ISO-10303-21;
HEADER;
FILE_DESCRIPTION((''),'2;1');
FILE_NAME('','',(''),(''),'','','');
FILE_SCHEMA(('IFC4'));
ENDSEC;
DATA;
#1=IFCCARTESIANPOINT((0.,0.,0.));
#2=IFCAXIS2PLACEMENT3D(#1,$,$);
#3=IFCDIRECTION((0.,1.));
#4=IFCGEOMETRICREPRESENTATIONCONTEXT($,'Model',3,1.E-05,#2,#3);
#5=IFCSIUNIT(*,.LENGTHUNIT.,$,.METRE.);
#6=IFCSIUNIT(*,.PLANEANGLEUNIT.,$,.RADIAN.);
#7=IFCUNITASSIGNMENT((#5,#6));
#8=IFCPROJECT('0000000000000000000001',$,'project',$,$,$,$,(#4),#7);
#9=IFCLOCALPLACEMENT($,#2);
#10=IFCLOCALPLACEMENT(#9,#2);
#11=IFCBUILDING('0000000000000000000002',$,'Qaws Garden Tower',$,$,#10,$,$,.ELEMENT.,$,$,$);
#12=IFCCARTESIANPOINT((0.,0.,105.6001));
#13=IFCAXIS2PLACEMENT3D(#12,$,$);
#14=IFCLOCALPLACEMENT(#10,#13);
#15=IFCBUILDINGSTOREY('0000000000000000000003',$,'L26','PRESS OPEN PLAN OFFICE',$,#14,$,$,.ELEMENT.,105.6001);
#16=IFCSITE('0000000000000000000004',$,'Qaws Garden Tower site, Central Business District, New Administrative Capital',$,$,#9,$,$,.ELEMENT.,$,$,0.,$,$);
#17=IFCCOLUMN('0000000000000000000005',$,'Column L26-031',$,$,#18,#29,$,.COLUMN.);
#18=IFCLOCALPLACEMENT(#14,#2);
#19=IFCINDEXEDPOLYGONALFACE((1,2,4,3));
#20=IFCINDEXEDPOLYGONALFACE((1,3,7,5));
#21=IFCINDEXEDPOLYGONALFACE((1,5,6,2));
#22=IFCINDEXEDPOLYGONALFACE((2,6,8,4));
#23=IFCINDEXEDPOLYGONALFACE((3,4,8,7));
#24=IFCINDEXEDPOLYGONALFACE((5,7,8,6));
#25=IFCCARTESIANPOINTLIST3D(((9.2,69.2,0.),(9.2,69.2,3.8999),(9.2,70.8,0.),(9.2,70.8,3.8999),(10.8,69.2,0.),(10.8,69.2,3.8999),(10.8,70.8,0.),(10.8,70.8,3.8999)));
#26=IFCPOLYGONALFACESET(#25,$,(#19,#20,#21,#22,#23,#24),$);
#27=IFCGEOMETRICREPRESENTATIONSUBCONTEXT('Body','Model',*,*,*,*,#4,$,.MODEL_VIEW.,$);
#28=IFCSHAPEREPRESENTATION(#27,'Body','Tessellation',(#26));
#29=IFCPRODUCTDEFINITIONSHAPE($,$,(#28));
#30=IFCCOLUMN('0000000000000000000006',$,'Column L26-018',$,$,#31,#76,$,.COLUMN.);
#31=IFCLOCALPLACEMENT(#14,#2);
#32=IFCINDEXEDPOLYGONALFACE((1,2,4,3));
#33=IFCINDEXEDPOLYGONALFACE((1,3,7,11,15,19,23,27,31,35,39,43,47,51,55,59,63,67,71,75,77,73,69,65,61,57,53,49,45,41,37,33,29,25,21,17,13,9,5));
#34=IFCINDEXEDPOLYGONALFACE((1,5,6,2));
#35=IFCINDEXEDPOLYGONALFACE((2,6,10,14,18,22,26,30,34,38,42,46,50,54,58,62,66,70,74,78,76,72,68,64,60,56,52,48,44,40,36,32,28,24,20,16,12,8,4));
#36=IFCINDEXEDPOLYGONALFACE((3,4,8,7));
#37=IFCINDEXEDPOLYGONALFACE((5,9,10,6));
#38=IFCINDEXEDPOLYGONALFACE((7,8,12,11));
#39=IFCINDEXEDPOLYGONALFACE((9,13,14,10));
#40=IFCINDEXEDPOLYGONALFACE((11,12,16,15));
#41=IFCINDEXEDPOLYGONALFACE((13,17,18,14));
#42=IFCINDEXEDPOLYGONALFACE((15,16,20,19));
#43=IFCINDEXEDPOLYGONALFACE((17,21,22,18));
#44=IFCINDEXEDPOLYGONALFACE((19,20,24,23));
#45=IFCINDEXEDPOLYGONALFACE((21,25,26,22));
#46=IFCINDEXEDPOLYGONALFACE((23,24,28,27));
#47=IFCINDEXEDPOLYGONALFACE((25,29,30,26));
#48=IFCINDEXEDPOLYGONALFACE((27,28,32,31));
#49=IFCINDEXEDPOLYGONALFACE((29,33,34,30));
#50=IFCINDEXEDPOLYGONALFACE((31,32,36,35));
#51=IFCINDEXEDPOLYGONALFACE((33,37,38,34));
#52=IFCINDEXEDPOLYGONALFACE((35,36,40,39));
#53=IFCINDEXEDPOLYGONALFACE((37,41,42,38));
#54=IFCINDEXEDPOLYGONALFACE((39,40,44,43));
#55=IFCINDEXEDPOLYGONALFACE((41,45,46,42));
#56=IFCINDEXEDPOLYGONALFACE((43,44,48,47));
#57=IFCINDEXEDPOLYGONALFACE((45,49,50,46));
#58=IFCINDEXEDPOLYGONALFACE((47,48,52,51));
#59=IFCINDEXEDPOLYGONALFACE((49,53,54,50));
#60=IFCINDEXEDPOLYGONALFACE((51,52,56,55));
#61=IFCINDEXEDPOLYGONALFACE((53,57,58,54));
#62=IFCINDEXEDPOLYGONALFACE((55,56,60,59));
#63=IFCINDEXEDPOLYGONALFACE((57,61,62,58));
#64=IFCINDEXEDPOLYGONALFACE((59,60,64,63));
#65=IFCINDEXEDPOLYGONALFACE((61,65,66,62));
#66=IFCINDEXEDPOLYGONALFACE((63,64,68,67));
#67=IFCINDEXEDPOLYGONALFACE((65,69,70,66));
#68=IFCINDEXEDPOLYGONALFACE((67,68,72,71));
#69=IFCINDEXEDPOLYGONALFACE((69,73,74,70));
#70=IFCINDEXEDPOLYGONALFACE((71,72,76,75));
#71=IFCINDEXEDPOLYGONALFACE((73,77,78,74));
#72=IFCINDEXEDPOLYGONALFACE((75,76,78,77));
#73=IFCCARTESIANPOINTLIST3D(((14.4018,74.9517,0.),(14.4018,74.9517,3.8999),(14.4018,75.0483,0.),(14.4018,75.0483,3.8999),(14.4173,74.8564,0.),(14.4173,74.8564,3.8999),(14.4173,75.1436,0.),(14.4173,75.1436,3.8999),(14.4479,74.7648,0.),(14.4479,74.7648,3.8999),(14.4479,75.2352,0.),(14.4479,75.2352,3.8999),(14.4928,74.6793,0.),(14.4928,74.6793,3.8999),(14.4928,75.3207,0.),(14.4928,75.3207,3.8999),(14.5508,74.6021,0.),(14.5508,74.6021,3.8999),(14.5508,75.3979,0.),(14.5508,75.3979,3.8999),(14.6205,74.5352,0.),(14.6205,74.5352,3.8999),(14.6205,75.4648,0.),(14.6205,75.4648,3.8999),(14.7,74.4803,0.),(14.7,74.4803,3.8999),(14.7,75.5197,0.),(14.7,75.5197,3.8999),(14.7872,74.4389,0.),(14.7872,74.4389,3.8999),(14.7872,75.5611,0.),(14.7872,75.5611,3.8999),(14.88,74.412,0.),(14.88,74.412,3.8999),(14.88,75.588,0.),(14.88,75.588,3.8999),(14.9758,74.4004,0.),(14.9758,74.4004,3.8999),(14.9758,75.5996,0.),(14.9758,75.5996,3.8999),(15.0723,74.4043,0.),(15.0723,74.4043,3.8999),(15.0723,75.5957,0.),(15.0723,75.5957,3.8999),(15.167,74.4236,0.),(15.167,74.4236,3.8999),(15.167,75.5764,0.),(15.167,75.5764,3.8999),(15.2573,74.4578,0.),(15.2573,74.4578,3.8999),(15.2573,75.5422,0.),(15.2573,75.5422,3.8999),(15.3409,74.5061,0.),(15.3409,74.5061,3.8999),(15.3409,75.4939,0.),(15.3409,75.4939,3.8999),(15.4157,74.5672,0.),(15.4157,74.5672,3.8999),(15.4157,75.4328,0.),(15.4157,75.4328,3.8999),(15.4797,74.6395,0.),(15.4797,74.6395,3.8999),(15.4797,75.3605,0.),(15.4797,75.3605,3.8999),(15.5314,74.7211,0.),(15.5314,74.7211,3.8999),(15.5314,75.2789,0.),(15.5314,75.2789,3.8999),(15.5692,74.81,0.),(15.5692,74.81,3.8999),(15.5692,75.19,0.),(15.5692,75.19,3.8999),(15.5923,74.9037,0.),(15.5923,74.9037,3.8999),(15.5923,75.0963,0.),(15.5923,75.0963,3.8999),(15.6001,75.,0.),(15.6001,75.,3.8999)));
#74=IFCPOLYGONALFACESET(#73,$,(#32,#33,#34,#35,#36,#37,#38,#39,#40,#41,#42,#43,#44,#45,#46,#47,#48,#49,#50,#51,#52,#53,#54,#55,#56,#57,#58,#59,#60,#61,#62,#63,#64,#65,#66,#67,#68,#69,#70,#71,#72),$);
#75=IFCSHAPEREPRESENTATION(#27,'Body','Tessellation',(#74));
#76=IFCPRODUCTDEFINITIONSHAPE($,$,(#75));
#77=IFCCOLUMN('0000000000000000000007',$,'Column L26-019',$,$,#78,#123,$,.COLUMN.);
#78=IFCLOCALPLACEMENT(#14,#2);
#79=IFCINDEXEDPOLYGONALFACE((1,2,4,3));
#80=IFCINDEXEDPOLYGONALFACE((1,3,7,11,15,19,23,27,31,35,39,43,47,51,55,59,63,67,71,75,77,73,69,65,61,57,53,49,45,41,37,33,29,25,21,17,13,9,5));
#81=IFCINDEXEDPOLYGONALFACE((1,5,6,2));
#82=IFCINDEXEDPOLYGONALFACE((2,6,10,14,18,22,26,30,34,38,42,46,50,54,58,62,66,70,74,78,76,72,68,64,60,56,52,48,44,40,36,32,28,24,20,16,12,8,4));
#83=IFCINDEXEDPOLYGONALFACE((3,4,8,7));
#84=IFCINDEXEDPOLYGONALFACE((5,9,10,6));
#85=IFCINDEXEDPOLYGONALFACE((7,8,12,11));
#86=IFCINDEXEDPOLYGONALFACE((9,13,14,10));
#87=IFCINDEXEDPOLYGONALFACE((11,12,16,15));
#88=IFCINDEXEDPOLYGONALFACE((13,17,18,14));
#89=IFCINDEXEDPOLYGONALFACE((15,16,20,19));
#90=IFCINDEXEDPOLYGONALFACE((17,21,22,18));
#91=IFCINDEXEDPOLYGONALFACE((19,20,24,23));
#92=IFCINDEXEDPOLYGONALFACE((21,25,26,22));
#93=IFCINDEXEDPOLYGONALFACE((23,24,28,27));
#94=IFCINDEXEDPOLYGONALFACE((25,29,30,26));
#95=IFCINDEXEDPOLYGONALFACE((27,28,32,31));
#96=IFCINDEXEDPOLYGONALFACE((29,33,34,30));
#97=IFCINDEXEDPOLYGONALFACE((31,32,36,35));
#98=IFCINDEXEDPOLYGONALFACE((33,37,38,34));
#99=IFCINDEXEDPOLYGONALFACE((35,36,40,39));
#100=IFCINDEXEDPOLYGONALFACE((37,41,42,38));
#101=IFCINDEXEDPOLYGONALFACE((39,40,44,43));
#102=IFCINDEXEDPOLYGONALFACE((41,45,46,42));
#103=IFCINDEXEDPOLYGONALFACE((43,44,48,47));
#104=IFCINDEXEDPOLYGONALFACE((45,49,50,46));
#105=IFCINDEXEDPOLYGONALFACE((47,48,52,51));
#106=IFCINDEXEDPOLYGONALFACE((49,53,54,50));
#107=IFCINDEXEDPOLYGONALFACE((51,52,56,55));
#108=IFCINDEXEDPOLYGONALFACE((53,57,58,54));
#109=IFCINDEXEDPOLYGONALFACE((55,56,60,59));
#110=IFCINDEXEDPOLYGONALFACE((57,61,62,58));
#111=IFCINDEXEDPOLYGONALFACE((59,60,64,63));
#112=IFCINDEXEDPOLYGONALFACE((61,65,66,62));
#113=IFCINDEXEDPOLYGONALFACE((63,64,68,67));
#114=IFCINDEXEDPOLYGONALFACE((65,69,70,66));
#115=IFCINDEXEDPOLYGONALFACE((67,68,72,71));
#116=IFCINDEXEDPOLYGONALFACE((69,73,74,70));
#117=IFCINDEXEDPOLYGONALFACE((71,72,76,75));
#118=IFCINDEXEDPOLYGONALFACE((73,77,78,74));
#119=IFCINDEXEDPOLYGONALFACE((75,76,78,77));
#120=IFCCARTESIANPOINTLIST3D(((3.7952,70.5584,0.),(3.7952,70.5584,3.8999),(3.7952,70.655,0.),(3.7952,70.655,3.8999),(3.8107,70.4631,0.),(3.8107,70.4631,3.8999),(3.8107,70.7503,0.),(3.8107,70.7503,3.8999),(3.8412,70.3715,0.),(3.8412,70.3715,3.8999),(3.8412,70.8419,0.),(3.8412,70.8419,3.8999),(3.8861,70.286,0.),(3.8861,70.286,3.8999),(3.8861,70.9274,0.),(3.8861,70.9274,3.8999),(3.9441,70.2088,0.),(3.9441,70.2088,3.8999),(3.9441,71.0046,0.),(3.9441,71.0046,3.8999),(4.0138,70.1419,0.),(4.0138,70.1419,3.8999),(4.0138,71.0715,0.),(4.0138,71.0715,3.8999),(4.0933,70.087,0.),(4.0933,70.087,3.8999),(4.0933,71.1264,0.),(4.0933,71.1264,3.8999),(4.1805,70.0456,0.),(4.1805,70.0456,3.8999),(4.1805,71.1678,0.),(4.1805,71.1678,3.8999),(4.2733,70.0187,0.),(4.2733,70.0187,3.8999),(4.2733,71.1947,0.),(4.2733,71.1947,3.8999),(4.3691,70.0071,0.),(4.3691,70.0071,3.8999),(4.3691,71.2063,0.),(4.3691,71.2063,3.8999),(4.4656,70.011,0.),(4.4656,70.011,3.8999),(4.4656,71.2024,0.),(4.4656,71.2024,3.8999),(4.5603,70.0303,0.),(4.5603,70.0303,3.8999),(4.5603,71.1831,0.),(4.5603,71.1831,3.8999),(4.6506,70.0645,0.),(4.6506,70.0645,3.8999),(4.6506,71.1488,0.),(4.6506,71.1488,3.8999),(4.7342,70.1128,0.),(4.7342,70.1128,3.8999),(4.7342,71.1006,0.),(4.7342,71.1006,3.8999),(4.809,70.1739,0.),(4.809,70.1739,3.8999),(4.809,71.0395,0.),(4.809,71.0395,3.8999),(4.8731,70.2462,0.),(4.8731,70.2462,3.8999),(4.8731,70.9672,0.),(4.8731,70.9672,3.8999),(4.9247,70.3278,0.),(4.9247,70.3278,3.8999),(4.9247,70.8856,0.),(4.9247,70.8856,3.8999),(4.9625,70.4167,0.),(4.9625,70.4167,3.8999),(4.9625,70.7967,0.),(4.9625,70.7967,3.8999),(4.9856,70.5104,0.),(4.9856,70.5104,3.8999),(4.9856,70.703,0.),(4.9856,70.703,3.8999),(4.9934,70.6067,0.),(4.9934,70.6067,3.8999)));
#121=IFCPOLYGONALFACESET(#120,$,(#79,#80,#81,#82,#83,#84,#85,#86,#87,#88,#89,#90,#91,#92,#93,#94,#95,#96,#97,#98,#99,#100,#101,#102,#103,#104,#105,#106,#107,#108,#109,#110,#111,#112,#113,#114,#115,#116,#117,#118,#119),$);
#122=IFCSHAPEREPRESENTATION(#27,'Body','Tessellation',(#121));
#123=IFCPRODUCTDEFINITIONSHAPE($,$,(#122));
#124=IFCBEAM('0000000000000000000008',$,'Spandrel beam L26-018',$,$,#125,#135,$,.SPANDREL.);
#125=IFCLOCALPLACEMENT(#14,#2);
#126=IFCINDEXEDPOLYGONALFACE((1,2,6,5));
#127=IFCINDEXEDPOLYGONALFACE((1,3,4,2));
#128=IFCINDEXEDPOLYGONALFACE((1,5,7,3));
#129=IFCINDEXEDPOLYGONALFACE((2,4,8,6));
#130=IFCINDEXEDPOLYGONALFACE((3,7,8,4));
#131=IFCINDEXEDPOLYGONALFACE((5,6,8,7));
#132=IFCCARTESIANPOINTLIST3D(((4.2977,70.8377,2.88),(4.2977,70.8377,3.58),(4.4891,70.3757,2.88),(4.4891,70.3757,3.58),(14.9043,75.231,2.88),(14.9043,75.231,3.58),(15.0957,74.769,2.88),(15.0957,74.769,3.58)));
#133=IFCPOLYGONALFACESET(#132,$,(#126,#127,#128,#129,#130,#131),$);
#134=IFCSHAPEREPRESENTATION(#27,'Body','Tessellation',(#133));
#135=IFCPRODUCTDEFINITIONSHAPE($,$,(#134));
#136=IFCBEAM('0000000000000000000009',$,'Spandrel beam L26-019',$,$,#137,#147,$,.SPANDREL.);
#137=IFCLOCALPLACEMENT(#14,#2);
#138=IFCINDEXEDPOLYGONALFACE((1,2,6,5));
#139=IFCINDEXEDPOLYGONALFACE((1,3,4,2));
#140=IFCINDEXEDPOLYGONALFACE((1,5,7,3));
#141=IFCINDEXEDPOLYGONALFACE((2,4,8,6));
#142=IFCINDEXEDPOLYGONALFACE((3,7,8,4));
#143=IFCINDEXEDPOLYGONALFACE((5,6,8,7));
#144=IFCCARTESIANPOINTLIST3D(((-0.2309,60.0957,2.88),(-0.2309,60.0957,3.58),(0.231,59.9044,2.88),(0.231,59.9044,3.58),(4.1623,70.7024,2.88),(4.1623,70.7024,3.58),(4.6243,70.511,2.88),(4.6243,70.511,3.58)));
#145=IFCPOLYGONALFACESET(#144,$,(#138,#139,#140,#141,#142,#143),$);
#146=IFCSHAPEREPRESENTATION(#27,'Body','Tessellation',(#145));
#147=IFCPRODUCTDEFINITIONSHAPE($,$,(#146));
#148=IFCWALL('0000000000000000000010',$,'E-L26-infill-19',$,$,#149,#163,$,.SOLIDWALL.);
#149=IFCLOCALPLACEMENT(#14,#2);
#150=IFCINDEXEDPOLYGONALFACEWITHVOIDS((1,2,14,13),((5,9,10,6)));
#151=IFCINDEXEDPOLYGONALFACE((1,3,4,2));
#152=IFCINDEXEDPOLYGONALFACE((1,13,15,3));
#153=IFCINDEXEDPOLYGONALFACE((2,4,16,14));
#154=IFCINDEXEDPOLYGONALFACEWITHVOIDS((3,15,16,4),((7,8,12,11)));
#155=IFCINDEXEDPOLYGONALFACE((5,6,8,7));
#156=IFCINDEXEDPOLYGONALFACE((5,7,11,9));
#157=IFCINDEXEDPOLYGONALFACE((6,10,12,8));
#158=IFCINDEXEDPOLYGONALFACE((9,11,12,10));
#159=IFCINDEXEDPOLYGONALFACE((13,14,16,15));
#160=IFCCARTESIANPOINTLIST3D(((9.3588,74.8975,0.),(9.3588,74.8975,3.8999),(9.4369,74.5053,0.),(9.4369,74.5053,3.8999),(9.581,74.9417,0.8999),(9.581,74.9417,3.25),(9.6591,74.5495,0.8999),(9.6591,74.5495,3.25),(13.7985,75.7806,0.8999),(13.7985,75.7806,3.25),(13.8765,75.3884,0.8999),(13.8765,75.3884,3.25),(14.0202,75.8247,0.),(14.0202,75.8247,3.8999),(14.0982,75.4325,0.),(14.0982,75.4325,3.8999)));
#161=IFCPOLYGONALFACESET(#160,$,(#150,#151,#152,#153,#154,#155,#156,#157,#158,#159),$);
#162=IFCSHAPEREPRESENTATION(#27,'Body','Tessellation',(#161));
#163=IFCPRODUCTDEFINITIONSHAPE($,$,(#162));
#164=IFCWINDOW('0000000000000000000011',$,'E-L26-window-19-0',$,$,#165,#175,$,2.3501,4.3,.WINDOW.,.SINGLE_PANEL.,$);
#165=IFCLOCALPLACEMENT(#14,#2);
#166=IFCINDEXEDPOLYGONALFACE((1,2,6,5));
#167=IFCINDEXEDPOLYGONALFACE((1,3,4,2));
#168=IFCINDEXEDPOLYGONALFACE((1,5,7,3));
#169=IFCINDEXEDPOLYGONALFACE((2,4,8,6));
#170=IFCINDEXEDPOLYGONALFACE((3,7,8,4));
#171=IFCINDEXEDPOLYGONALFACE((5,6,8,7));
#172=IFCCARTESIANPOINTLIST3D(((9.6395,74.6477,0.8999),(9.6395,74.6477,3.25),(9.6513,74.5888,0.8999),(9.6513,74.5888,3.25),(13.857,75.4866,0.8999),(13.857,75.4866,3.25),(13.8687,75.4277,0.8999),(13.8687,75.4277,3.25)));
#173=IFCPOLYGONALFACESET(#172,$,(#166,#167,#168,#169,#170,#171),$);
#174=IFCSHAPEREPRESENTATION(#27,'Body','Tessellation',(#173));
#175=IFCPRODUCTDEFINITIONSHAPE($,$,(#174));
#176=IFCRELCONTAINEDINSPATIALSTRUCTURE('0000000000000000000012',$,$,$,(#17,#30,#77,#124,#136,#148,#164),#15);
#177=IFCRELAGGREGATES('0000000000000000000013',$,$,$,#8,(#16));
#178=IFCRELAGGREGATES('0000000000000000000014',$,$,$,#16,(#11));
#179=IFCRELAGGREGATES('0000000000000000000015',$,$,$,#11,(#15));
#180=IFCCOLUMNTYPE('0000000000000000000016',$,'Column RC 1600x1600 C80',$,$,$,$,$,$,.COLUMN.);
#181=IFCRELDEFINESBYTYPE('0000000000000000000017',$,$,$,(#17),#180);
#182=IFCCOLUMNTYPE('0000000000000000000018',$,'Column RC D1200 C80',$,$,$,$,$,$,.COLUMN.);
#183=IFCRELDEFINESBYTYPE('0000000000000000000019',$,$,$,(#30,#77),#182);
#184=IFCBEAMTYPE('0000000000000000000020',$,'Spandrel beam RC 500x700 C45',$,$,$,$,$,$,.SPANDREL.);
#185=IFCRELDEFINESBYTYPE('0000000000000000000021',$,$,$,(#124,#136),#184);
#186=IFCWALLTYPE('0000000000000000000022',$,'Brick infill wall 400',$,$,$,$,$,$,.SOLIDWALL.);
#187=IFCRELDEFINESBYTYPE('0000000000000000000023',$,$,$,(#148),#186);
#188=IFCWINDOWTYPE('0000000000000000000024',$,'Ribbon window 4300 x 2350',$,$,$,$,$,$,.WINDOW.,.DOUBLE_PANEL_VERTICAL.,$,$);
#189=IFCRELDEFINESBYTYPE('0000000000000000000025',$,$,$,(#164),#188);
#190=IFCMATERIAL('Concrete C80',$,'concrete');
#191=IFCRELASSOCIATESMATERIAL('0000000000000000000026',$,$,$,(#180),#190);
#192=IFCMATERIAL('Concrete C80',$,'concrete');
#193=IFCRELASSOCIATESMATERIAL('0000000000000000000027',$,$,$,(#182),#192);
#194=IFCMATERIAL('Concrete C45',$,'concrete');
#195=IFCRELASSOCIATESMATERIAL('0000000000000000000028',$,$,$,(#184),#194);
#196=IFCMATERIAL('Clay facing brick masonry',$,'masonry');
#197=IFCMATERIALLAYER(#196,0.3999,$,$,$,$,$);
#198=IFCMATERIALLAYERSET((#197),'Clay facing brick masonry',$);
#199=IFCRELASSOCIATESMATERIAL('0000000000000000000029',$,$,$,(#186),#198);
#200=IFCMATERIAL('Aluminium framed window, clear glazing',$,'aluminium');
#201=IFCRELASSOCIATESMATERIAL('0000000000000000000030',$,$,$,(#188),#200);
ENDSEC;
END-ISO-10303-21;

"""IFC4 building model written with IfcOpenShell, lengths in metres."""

from ifc_helpers import new_model, si_unit, direction, frame, frame_2d, origin, origin_2d, place, context, subcontext, project, spatial, rectangle, circle, extrude, material, layer, layer_set, material_profile, profile_set, type_object, element, fill, save


model = new_model("IFC4")

# Units and contexts
model_context = context("Model", 3, precision=1e-05, world=origin(), true_north=direction((0.0, 1.0)))
body_context = subcontext(model_context, "Body", "Model", "MODEL_VIEW")
ifc_project = project(units=[si_unit("LENGTHUNIT", "METRE"), si_unit("PLANEANGLEUNIT", "RADIAN")], contexts=[model_context])

# Site, building, storey
site_placement = place(None, origin())
site = spatial("IfcSite", under=ifc_project, at=site_placement, Name="Qaws Garden Tower site, Central Business District, New Administrative Capital", CompositionType="ELEMENT", RefElevation=0.0)
building_placement = place(site_placement, origin())
building = spatial("IfcBuilding", under=site, at=building_placement, Name="Qaws Garden Tower", CompositionType="ELEMENT")
storey_placement = place(building_placement, frame((0.0, 0.0, 105.6001)))
storey = spatial("IfcBuildingStorey", under=building, at=storey_placement, Name="L26", Description="PRESS OPEN PLAN OFFICE", CompositionType="ELEMENT", Elevation=105.6001)

# Columns
ifc_material_1 = material(Name="Concrete C80", Category="concrete")
ifc_material_profile_1 = material_profile(ifc_material_1, rectangle(XDim=1.6001, YDim=1.6001, at=origin_2d()), Name="RC 1600x1600")
ifc_profile_set_1 = profile_set([ifc_material_profile_1], Name="Concrete C80")
column_type_1 = type_object("IfcColumnType", Name="Column RC 1600x1600 C80", PredefinedType="COLUMN", material=ifc_profile_set_1)
column_placement = place(storey_placement, frame((10.0, 70.0, 0.0), z_axis=(0.0, 0.0, 1.0), x_axis=(1.0, 0.0, 0.0)))
element("IfcColumn", 1, at=column_placement, inside=storey, type_object=column_type_1, Name="Column L26-031", PredefinedType="COLUMN", context=body_context, shape_type="SweptSolid", body=[
    extrude(rectangle(XDim=1.6001, YDim=1.6001, at=origin_2d()), origin(), (0.0, 0.0, 1.0), 3.8999),
])
ifc_material_2 = material(Name="Concrete C80", Category="concrete")
ifc_material_profile_2 = material_profile(ifc_material_2, circle(Radius=0.6001, at=origin_2d()), Name="RC D1200")
ifc_profile_set_2 = profile_set([ifc_material_profile_2], Name="Concrete C80")
column_type_2 = type_object("IfcColumnType", Name="Column RC D1200 C80", PredefinedType="COLUMN", material=ifc_profile_set_2)
for number, where, z_axis, x_axis, name in (
    (2, (15.0, 75.0, 0.0), (0.0, 0.0, 1.0), (1.0, 0.0, 0.0), "Column L26-018"),
    (3, (4.3933, 70.6067, 0.0), (0.0, 0.0, 1.0), (1.0, 0.0, 0.0), "Column L26-019"),
):
    element("IfcColumn", number, at=place(storey_placement, frame(where, z_axis=z_axis, x_axis=x_axis)), inside=storey, type_object=column_type_2, Name=name, PredefinedType="COLUMN", context=body_context, shape_type="SweptSolid", body=[
        extrude(circle(Radius=0.6001, at=origin_2d()), origin(), (0.0, 0.0, 1.0), 3.8999),
    ])

# Beams
ifc_material_3 = material(Name="Concrete C45", Category="concrete")
ifc_material_profile_3 = material_profile(ifc_material_3, rectangle(XDim=0.5, YDim=0.7, at=origin_2d()), Name="RC 500x700")
ifc_profile_set_3 = profile_set([ifc_material_profile_3], Name="Concrete C45")
beam_type = type_object("IfcBeamType", Name="Spandrel beam RC 500x700 C45", PredefinedType="SPANDREL", material=ifc_profile_set_3)
for number, where, z_axis, x_axis, name in (
    (4, (15.0, 75.0, 3.23), (-0.923883, -0.382674, 0.0), (0.382674, -0.923883, 0.0), "Spandrel beam L26-018"),
    (5, (4.3933, 70.6067, 3.23), (-0.382674, -0.923883, 0.0), (0.923883, -0.382674, 0.0), "Spandrel beam L26-019"),
):
    element("IfcBeam", number, at=place(storey_placement, frame(where, z_axis=z_axis, x_axis=x_axis)), inside=storey, type_object=beam_type, Name=name, PredefinedType="SPANDREL", context=body_context, shape_type="SweptSolid", body=[
        extrude(rectangle(XDim=0.5, YDim=0.7, at=origin_2d()), origin(), (0.0, 0.0, 1.0), 11.4805),
    ])

# Wall, opening, window
ifc_material_4 = material(Name="Clay facing brick masonry", Category="masonry")
ifc_layer_1 = layer(ifc_material_4, 0.3999)
ifc_layer_set_1 = layer_set([ifc_layer_1], Name="Clay facing brick masonry")
wall_type_1 = type_object("IfcWallType", Name="Brick infill wall 400", PredefinedType="SOLIDWALL", material=ifc_layer_set_1)
wall_1_placement = place(storey_placement, frame((14.0593, 75.6287, 0.0), z_axis=(0.0, 0.0, 1.0), x_axis=(-0.980784, -0.195099, 0.0)))
wall_1 = element("IfcWall", 6, at=wall_1_placement, inside=storey, type_object=wall_type_1, Name="E-L26-infill-19", PredefinedType="SOLIDWALL", context=body_context, shape_type="SweptSolid", body=[
    extrude(rectangle(XDim=4.7527, YDim=0.3999, at=frame_2d((2.3765, 0.0))), origin(), (0.0, 0.0, 1.0), 3.8999),
])
opening_1_placement = place(wall_1_placement, frame((0.2263, 0.0, 0.8999)))
opening_1 = element("IfcOpeningElement", 7, at=opening_1_placement, cuts=wall_1, PredefinedType="OPENING", context=body_context, shape_type="SweptSolid", body=[
    extrude(rectangle(XDim=4.3, YDim=2.3501, at=frame_2d((2.1499, 1.175))), frame((0.0, 0.21, 0.0), z_axis=(0.0, -1.0, 0.0), x_axis=(1.0, 0.0, 0.0)), (0.0, 0.0, 1.0), 0.4199),
])
ifc_material_5 = material(Name="Aluminium framed window, clear glazing", Category="aluminium")
window_type = type_object("IfcWindowType", Name="Ribbon window 4300 x 2350", PartitioningType="DOUBLE_PANEL_VERTICAL", PredefinedType="WINDOW", material=ifc_material_5)
window_1_placement = place(opening_1_placement, origin())
window_1 = element("IfcWindow", 8, at=window_1_placement, inside=storey, type_object=window_type, Name="E-L26-window-19-0", OverallHeight=2.3501, OverallWidth=4.3, PartitioningType="SINGLE_PANEL", PredefinedType="WINDOW", context=body_context, shape_type="SweptSolid", body=[
    extrude(rectangle(XDim=4.3, YDim=2.3501, at=frame_2d((2.1499, 1.175))), frame((0.0, 0.1599, 0.0), z_axis=(0.0, -1.0, 0.0), x_axis=(1.0, 0.0, 0.0)), (0.0, 0.0, 1.0), 0.0601),
])
fill(opening_1, window_1)

save(model, "model.ifc")
